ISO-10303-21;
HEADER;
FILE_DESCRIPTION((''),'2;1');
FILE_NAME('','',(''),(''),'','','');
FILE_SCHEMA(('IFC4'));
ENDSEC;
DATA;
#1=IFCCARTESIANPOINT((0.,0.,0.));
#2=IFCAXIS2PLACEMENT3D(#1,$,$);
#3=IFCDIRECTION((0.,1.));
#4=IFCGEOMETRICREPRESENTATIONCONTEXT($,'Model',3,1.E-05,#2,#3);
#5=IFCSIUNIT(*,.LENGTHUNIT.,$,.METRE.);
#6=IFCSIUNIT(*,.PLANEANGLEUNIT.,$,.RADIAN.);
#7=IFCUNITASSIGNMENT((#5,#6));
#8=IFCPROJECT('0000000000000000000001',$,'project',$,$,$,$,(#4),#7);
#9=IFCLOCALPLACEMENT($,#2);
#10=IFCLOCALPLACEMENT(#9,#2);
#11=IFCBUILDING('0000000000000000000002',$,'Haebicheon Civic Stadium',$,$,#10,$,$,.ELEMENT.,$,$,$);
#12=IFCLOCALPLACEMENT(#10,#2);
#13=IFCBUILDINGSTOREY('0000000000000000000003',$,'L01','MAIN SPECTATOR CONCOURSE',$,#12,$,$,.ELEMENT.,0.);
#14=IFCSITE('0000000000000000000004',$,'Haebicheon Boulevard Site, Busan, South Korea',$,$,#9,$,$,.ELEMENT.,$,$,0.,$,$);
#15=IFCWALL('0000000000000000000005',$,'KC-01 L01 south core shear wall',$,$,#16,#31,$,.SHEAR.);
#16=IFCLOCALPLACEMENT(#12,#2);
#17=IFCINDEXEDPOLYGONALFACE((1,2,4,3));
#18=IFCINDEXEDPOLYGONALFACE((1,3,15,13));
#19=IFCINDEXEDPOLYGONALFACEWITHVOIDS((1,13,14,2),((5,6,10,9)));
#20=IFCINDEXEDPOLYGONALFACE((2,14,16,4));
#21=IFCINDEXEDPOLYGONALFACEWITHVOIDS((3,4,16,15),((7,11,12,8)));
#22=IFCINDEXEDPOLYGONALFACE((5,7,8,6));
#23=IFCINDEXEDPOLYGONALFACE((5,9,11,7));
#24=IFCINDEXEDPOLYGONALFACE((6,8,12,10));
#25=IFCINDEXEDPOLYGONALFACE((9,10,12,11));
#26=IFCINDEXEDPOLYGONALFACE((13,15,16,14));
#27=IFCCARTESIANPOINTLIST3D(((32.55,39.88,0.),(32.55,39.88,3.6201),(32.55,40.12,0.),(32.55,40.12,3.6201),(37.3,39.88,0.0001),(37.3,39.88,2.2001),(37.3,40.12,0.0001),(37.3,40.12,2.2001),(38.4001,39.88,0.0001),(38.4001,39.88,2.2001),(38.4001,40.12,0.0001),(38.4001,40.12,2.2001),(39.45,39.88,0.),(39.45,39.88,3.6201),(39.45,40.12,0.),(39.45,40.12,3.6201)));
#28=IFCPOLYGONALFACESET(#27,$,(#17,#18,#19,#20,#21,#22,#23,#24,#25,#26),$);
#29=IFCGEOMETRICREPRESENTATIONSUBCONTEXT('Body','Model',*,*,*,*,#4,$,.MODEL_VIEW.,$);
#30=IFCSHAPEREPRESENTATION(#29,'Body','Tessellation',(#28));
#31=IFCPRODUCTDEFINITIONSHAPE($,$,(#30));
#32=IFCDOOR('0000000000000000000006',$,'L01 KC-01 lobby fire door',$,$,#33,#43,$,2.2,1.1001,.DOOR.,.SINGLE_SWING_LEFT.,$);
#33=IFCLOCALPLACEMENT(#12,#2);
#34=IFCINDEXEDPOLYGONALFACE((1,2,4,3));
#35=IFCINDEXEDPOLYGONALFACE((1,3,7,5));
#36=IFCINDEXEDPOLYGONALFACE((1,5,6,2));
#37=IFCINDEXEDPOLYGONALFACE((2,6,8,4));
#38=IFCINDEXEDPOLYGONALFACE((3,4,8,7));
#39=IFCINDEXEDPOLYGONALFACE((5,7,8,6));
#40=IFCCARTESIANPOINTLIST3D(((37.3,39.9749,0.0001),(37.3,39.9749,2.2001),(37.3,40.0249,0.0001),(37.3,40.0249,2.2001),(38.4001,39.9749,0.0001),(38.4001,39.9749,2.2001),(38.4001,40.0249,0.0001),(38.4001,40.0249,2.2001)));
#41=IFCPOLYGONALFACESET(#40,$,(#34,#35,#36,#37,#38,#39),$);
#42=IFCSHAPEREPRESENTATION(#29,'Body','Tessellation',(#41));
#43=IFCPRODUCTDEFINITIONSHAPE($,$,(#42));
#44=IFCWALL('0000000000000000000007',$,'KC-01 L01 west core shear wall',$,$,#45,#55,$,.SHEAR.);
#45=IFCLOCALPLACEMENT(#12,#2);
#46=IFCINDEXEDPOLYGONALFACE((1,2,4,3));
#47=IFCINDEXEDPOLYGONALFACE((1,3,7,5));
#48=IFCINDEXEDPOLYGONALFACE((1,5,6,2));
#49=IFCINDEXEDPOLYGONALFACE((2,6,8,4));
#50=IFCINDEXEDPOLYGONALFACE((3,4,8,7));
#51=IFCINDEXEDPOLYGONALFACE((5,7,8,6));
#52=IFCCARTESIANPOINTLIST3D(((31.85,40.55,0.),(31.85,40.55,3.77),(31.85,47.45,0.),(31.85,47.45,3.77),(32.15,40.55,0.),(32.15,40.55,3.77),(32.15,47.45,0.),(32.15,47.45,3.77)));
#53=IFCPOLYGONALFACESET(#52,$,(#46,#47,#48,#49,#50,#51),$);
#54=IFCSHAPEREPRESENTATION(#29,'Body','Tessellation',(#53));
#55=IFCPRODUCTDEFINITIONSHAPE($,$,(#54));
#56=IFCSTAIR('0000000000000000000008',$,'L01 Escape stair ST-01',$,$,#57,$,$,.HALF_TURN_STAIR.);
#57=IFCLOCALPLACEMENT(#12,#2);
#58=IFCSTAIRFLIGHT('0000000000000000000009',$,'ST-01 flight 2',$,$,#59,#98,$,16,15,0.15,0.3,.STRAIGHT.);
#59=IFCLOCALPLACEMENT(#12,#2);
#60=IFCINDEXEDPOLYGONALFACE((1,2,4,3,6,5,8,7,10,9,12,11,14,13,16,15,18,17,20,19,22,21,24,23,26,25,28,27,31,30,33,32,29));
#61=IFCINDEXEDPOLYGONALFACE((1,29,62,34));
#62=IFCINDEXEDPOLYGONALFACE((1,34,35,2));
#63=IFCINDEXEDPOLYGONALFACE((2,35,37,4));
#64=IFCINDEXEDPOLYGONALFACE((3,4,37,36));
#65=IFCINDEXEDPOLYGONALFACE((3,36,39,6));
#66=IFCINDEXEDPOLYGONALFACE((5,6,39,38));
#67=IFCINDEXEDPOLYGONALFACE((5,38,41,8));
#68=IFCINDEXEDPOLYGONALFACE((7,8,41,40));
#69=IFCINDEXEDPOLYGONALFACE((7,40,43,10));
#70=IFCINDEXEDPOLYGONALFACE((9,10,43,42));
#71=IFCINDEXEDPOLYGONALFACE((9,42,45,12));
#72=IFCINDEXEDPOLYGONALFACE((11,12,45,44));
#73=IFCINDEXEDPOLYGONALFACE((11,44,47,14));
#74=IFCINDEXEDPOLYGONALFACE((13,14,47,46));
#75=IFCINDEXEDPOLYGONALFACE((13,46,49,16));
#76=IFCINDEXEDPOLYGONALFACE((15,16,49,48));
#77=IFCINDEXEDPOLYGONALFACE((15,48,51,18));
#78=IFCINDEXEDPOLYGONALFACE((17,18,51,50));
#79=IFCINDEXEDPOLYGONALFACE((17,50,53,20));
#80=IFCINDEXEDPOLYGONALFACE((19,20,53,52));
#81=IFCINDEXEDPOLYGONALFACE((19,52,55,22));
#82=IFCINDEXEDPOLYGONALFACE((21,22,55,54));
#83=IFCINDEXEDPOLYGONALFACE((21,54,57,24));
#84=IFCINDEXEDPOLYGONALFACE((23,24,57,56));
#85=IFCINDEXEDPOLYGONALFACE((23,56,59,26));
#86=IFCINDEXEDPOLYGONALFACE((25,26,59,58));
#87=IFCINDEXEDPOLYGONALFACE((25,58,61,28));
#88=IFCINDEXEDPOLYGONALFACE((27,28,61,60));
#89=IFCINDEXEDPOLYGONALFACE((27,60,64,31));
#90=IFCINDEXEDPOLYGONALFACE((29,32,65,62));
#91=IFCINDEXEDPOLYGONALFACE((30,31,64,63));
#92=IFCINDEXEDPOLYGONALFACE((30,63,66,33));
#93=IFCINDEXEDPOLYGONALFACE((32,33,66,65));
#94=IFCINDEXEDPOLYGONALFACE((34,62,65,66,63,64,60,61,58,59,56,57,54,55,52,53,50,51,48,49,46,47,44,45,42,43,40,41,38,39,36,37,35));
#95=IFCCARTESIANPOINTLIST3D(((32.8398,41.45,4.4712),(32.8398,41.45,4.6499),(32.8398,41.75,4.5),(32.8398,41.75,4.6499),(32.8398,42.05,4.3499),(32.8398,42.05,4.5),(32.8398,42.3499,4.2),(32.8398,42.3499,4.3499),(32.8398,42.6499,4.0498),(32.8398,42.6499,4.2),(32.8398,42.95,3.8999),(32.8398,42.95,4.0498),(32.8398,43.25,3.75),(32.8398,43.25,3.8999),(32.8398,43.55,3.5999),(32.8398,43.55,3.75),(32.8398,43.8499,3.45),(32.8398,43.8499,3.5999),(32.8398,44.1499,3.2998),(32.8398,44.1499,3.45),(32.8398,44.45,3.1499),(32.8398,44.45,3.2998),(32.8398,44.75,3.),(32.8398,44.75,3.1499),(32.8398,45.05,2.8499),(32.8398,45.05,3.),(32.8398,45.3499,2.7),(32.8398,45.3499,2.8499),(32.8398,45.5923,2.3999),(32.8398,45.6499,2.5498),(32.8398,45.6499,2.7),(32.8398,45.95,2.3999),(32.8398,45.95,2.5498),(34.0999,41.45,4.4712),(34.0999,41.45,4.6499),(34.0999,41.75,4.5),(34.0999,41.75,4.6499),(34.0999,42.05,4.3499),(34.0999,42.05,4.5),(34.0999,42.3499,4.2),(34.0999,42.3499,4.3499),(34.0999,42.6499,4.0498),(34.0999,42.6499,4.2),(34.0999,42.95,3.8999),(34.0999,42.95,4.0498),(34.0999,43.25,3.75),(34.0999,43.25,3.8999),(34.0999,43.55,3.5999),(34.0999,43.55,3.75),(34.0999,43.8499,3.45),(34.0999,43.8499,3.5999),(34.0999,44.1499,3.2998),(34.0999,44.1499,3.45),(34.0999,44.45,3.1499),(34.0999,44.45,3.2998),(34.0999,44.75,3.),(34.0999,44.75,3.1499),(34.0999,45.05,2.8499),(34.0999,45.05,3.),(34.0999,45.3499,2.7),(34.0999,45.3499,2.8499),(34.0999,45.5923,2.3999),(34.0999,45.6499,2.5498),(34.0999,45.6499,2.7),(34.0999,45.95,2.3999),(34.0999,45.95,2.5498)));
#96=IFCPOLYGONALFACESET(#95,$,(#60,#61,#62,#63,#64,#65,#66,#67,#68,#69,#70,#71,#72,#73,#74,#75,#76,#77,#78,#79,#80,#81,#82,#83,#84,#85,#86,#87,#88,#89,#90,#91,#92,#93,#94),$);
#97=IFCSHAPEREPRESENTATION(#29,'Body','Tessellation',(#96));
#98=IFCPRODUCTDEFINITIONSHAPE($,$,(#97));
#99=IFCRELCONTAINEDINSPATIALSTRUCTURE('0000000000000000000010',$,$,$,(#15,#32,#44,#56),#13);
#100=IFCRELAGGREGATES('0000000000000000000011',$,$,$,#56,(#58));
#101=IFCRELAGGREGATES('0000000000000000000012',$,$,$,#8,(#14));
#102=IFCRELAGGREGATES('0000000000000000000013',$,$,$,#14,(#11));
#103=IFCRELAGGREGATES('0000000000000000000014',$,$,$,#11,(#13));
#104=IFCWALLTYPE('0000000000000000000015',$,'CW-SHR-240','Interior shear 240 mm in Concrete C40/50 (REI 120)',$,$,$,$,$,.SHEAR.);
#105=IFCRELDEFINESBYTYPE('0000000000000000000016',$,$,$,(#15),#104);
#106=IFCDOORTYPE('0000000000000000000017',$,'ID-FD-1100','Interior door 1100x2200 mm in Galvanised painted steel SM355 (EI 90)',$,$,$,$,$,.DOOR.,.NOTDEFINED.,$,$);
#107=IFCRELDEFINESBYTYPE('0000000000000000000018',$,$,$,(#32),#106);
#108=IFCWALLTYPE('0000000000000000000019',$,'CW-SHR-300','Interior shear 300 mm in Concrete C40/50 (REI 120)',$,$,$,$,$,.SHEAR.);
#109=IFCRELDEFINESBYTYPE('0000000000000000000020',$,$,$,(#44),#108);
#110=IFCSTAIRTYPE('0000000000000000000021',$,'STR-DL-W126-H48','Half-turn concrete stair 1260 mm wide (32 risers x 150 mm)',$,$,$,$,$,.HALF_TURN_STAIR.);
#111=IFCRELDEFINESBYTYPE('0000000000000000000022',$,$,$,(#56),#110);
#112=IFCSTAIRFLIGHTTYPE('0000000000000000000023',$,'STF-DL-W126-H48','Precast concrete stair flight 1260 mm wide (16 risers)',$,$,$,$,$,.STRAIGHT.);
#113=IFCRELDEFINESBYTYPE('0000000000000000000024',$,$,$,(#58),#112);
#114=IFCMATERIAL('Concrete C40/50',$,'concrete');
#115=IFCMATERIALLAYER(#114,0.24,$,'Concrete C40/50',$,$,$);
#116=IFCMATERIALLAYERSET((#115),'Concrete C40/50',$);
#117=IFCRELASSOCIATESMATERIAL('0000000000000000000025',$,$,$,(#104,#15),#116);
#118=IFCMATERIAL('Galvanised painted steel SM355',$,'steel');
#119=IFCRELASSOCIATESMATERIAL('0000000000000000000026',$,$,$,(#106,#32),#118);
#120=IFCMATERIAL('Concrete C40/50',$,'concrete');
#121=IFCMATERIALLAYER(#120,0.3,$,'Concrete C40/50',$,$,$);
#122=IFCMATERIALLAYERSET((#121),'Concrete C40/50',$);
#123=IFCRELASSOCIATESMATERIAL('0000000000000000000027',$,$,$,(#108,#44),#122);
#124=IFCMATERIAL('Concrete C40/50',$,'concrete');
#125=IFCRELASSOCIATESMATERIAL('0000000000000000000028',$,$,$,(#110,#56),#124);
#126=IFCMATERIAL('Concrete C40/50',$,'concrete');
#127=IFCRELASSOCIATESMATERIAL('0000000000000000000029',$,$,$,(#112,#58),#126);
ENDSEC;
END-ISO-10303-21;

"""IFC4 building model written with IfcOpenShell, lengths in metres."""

from ifc_helpers import new_model, si_unit, direction, frame, frame_2d, origin, place, context, subcontext, project, spatial, polyline, rectangle, outline, extrude, material, layer, layer_set, type_object, element, fill, aggregate, save


model = new_model("IFC4")

# Units and contexts
model_context = context("Model", 3, precision=1e-05, world=origin(), true_north=direction((0.0, 1.0)))
body_context = subcontext(model_context, "Body", "Model", "MODEL_VIEW")
ifc_project = project(units=[si_unit("LENGTHUNIT", "METRE"), si_unit("PLANEANGLEUNIT", "RADIAN")], contexts=[model_context])

# Site, building, storey
site_placement = place(None, origin())
site = spatial("IfcSite", under=ifc_project, at=site_placement, Name="Haebicheon Boulevard Site, Busan, South Korea", CompositionType="ELEMENT", RefElevation=0.0)
building_placement = place(site_placement, origin())
building = spatial("IfcBuilding", under=site, at=building_placement, Name="Haebicheon Civic Stadium", CompositionType="ELEMENT")
storey_placement = place(building_placement, origin())
storey = spatial("IfcBuildingStorey", under=building, at=storey_placement, Name="L01", Description="MAIN SPECTATOR CONCOURSE", CompositionType="ELEMENT", Elevation=0.0)

# Wall, opening, door
ifc_material_1 = material(Name="Concrete C40/50", Category="concrete")
ifc_layer_1 = layer(ifc_material_1, 0.24, Name="Concrete C40/50")
ifc_layer_set_1 = layer_set([ifc_layer_1], Name="Concrete C40/50")
wall_type_1 = type_object("IfcWallType", Name="CW-SHR-240", Description="Interior shear 240 mm in Concrete C40/50 (REI 120)", PredefinedType="SHEAR", material=ifc_layer_set_1)
wall_1_placement = place(storey_placement, frame((32.55, 40.0, 0.0), z_axis=(0.0, 0.0, 1.0), x_axis=(1.0, 0.0, 0.0)))
wall_1 = element("IfcWall", 1, at=wall_1_placement, inside=storey, type_object=wall_type_1, material=ifc_layer_set_1, Name="KC-01 L01 south core shear wall", PredefinedType="SHEAR", context=body_context, shape_type="SweptSolid", body=[
    extrude(rectangle(XDim=6.8999, YDim=0.24, at=frame_2d((3.45, 0.0))), origin(), (0.0, 0.0, 1.0), 3.6201),
])
opening_placement = place(wall_1_placement, frame((4.75, 0.0, 0.0)))
opening = element("IfcOpeningElement", 2, at=opening_placement, cuts=wall_1, PredefinedType="OPENING", context=body_context, shape_type="SweptSolid", body=[
    extrude(rectangle(XDim=1.1001, YDim=2.2, at=frame_2d((0.55, 1.1001))), frame((0.0, 0.1299, 0.0), z_axis=(0.0, -1.0, 0.0), x_axis=(1.0, 0.0, 0.0)), (0.0, 0.0, 1.0), 0.26),
])
ifc_material_2 = material(Name="Galvanised painted steel SM355", Category="steel")
door_type = type_object("IfcDoorType", Name="ID-FD-1100", Description="Interior door 1100x2200 mm in Galvanised painted steel SM355 (EI 90)", OperationType="NOTDEFINED", PredefinedType="DOOR", material=ifc_material_2)
door_placement = place(opening_placement, origin())
door = element("IfcDoor", 3, at=door_placement, inside=storey, type_object=door_type, material=ifc_material_2, Name="L01 KC-01 lobby fire door", OperationType="SINGLE_SWING_LEFT", OverallHeight=2.2, OverallWidth=1.1001, PredefinedType="DOOR", context=body_context, shape_type="SweptSolid", body=[
    extrude(rectangle(XDim=1.1001, YDim=2.2, at=frame_2d((0.55, 1.1001))), frame((0.0, 0.0249, 0.0), z_axis=(0.0, -1.0, 0.0), x_axis=(1.0, 0.0, 0.0)), (0.0, 0.0, 1.0), 0.05),
])
fill(opening, door)

# Wall
ifc_material_3 = material(Name="Concrete C40/50", Category="concrete")
ifc_layer_2 = layer(ifc_material_3, 0.3, Name="Concrete C40/50")
ifc_layer_set_2 = layer_set([ifc_layer_2], Name="Concrete C40/50")
wall_type_2 = type_object("IfcWallType", Name="CW-SHR-300", Description="Interior shear 300 mm in Concrete C40/50 (REI 120)", PredefinedType="SHEAR", material=ifc_layer_set_2)
wall_2_placement = place(storey_placement, frame((32.0, 40.55, 0.0), z_axis=(0.0, 0.0, 1.0), x_axis=(0.0, 1.0, 0.0)))
element("IfcWall", 4, at=wall_2_placement, inside=storey, type_object=wall_type_2, material=ifc_layer_set_2, Name="KC-01 L01 west core shear wall", PredefinedType="SHEAR", context=body_context, shape_type="SweptSolid", body=[
    extrude(rectangle(XDim=6.8999, YDim=0.3, at=frame_2d((3.45, 0.0))), origin(), (0.0, 0.0, 1.0), 3.77),
])

# Stair, stair flight
ifc_material_4 = material(Name="Concrete C40/50", Category="concrete")
stair_type = type_object("IfcStairType", Name="STR-DL-W126-H48", Description="Half-turn concrete stair 1260 mm wide (32 risers x 150 mm)", PredefinedType="HALF_TURN_STAIR", material=ifc_material_4)
stair_placement = place(storey_placement, origin())
stair = element("IfcStair", 5, at=stair_placement, inside=storey, type_object=stair_type, material=ifc_material_4, Name="L01 Escape stair ST-01", PredefinedType="HALF_TURN_STAIR")
ifc_material_5 = material(Name="Concrete C40/50", Category="concrete")
stair_flight_type = type_object("IfcStairFlightType", Name="STF-DL-W126-H48", Description="Precast concrete stair flight 1260 mm wide (16 risers)", PredefinedType="STRAIGHT", material=ifc_material_5)
stair_flight_placement = place(storey_placement, frame((33.47, 45.95, 2.3999), z_axis=(0.0, 0.0, 1.0), x_axis=(0.0, -1.0, 0.0)))
stair_flight = element("IfcStairFlight", 6, at=stair_flight_placement, type_object=stair_flight_type, material=ifc_material_5, Name="ST-01 flight 2", NumberOfRisers=16, NumberOfTreads=15, PredefinedType="STRAIGHT", RiserHeight=0.15, TreadLength=0.3, context=body_context, shape_type="SweptSolid", body=[
    extrude(outline(polyline([(0.0, 0.0), (0.0, 0.1499), (0.3, 0.1499), (0.3, 0.3), (0.6001, 0.3), (0.6001, 0.45), (0.8999, 0.45), (0.8999, 0.6001), (1.2, 0.6001), (1.2, 0.75), (1.5, 0.75), (1.5, 0.8999), (1.8, 0.8999), (1.8, 1.05), (2.1001, 1.05), (2.1001, 1.2), (2.3999, 1.2), (2.3999, 1.3501), (2.7, 1.3501), (2.7, 1.5), (3.0, 1.5), (3.0, 1.6499), (3.3, 1.6499), (3.3, 1.8), (3.6001, 1.8), (3.6001, 1.95), (3.8999, 1.95), (3.8999, 2.1001), (4.2, 2.1001), (4.2, 2.25), (4.5, 2.25), (4.5, 2.3999), (4.5, 2.0713), (0.3577, 0.0), (0.0, 0.0)])), frame((0.0, 0.6299, 0.0), z_axis=(0.0, -1.0, 0.0), x_axis=(1.0, 0.0, 0.0)), (0.0, 0.0, 1.0), 1.26),
])
aggregate(stair, [stair_flight])

save(model, "model.ifc")
